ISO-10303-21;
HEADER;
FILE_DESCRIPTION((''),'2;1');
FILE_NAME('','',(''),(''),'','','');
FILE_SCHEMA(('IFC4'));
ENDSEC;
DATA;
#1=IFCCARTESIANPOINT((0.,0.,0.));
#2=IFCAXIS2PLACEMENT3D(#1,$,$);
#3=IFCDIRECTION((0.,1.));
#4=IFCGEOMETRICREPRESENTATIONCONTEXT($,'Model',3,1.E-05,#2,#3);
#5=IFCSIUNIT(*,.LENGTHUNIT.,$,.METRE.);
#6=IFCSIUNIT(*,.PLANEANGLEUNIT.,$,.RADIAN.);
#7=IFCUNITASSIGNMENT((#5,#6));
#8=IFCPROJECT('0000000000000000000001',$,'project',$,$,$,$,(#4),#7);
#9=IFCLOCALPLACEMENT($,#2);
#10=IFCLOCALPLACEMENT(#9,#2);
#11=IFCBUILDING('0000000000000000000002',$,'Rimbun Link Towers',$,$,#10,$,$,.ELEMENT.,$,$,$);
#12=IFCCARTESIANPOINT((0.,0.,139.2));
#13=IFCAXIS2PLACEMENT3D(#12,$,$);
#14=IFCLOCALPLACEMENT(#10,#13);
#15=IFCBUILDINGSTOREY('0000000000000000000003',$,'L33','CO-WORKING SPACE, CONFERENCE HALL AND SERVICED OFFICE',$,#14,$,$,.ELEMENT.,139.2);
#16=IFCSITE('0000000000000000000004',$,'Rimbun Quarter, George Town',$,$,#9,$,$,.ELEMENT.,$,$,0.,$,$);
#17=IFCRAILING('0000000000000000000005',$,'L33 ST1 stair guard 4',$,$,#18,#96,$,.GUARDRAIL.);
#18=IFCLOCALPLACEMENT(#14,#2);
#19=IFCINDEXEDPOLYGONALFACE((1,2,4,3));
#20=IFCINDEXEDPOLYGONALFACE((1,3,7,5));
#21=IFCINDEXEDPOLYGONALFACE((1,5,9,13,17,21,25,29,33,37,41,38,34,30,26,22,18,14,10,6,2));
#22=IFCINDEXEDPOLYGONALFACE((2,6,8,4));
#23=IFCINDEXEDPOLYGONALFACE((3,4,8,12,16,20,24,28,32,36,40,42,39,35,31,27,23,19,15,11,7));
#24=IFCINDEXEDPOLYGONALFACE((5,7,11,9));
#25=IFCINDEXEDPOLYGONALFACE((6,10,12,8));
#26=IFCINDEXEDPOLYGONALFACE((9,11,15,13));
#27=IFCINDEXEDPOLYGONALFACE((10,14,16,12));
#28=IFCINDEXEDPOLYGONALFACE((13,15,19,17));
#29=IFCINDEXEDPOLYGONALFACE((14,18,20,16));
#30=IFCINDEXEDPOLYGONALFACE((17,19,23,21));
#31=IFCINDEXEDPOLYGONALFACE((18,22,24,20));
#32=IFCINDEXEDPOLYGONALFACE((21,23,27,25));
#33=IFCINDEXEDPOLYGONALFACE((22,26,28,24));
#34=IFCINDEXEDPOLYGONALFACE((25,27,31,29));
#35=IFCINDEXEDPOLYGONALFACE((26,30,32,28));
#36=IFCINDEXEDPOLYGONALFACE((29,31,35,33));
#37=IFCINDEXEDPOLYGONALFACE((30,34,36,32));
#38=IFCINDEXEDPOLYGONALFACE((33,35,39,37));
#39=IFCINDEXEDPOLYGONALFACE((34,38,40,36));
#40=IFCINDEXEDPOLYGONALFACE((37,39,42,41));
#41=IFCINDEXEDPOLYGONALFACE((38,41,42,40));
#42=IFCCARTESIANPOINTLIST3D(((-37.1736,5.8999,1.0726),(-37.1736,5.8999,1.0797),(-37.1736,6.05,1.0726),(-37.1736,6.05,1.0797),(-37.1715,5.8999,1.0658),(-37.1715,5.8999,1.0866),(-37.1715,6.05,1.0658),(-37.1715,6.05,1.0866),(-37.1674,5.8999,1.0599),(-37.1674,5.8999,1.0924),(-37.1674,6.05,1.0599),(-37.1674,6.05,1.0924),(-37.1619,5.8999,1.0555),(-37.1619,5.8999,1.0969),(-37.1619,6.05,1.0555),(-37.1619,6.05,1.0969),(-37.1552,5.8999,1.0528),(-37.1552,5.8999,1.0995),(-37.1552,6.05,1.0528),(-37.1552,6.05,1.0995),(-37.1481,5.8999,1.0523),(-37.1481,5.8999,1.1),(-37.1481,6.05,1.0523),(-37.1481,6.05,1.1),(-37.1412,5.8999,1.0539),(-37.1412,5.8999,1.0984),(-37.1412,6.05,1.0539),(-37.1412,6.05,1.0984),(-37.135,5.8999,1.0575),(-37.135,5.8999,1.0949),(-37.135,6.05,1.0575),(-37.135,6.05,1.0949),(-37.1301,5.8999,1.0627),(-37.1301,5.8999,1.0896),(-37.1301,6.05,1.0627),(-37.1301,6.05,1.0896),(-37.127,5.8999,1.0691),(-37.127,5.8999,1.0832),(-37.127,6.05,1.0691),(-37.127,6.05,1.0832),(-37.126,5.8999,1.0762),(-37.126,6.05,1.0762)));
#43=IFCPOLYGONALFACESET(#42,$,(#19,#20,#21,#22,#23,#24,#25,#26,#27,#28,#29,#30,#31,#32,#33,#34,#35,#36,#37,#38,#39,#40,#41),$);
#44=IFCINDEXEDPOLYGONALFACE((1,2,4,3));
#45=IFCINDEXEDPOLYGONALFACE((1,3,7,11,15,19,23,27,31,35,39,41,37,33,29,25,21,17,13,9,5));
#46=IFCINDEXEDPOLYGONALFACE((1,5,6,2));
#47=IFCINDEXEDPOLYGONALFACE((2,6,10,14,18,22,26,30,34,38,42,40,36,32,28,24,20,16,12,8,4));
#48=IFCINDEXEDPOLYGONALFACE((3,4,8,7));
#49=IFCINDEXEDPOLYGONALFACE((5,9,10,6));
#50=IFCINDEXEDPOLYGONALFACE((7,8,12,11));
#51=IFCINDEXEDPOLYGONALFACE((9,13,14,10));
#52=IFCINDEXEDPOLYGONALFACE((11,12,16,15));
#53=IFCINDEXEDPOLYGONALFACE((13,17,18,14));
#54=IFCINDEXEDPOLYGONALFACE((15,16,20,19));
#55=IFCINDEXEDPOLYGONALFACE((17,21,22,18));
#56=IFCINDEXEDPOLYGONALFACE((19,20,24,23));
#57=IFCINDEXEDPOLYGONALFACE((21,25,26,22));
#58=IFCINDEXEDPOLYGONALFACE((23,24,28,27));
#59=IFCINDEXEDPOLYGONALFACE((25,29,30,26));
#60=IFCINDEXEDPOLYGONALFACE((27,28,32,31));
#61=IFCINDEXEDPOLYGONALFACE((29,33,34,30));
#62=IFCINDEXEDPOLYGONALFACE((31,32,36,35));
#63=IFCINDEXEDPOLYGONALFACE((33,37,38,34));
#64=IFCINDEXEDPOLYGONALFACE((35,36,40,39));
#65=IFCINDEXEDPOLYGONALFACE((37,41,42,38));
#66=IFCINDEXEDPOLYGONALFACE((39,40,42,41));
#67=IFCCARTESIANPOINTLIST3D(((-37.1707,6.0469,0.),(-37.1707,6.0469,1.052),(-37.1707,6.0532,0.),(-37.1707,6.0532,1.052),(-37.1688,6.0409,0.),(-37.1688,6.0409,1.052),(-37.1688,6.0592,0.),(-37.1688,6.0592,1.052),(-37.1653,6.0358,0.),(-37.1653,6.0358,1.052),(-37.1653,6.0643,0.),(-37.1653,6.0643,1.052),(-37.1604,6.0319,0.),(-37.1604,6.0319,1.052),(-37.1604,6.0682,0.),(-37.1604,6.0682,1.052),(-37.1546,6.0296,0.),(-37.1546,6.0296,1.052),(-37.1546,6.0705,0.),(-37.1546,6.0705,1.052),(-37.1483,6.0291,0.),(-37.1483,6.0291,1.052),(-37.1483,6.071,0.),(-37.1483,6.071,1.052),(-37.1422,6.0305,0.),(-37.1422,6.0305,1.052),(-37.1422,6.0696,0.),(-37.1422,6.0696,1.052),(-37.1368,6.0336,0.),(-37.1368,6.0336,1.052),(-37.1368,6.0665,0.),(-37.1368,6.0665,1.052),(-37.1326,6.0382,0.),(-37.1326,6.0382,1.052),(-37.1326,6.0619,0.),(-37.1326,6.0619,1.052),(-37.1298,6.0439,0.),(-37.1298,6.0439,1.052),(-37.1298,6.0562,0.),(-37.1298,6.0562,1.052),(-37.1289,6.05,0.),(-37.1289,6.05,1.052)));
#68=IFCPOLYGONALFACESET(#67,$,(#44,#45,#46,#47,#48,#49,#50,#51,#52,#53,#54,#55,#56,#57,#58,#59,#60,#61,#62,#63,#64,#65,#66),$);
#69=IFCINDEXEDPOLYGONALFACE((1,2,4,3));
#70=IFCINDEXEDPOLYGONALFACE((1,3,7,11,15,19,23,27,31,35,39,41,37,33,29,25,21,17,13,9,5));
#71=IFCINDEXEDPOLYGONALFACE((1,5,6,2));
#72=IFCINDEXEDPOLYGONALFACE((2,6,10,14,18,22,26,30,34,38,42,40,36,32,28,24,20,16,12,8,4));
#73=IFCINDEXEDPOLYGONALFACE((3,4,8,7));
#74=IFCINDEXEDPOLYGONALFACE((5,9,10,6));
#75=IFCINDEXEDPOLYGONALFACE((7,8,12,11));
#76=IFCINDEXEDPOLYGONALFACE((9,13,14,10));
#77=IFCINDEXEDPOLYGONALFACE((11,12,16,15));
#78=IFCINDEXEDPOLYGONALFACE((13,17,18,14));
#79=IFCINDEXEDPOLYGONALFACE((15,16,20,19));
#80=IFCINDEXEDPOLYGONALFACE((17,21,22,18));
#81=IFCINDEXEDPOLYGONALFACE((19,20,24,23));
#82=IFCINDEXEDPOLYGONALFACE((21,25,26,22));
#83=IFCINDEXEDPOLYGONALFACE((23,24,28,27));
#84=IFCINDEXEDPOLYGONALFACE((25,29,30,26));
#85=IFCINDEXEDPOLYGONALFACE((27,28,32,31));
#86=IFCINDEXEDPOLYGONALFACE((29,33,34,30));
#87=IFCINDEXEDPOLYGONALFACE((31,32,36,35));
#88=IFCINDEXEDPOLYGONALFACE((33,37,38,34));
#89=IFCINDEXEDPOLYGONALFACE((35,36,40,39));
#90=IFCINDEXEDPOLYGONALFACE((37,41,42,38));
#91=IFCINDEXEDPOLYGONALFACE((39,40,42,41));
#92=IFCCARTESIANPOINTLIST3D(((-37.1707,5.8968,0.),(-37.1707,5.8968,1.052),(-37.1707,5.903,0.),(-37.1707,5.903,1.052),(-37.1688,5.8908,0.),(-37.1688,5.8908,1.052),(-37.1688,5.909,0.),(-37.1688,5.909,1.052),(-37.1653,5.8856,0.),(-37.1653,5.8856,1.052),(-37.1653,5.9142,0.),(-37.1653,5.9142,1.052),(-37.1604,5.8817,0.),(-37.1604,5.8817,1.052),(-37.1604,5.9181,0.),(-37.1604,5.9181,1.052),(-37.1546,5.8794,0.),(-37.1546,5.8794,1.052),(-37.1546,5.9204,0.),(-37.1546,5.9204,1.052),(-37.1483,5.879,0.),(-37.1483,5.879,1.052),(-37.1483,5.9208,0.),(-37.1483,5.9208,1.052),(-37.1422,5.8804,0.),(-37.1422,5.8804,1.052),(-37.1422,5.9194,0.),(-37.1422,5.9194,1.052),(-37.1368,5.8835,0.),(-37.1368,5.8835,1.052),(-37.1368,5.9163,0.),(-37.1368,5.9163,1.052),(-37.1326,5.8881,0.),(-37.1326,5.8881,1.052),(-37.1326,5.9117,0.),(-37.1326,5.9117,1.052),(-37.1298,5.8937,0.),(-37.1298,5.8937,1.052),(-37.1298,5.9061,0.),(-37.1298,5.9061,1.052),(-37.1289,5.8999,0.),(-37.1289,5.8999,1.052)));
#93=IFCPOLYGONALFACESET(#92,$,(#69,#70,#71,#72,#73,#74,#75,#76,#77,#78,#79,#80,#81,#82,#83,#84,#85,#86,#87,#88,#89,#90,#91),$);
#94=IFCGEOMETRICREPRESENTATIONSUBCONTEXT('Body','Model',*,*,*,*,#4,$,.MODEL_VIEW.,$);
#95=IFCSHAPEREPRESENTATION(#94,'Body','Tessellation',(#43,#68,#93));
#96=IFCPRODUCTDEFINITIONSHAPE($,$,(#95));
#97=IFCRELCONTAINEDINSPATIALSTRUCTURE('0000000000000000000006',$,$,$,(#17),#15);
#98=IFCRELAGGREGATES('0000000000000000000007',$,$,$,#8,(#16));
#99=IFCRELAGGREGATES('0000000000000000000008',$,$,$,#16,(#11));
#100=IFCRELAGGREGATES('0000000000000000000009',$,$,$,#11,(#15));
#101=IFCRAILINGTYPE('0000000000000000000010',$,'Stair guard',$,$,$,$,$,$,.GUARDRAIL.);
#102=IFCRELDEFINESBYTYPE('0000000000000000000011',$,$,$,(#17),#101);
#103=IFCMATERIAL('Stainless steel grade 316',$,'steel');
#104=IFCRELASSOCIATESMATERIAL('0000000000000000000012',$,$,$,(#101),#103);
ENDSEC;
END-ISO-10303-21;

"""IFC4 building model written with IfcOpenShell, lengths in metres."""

from ifc_helpers import new_model, si_unit, direction, frame, origin, origin_2d, place, context, subcontext, project, spatial, circle, extrude, material, type_object, element, save


model = new_model("IFC4")

# Units and contexts
model_context = context("Model", 3, precision=1e-05, world=origin(), true_north=direction((0.0, 1.0)))
body_context = subcontext(model_context, "Body", "Model", "MODEL_VIEW")
ifc_project = project(units=[si_unit("LENGTHUNIT", "METRE"), si_unit("PLANEANGLEUNIT", "RADIAN")], contexts=[model_context])

# Site, building, storey
site_placement = place(None, origin())
site = spatial("IfcSite", under=ifc_project, at=site_placement, Name="Rimbun Quarter, George Town", CompositionType="ELEMENT", RefElevation=0.0)
building_placement = place(site_placement, origin())
building = spatial("IfcBuilding", under=site, at=building_placement, Name="Rimbun Link Towers", CompositionType="ELEMENT")
storey_placement = place(building_placement, frame((0.0, 0.0, 139.2)))
storey = spatial("IfcBuildingStorey", under=building, at=storey_placement, Name="L33", Description="CO-WORKING SPACE, CONFERENCE HALL AND SERVICED OFFICE", CompositionType="ELEMENT", Elevation=139.2)

# Railing
ifc_material_1 = material(Name="Stainless steel grade 316", Category="steel")
railing_type_1 = type_object("IfcRailingType", Name="Stair guard", PredefinedType="GUARDRAIL", material=ifc_material_1)
railing_1_placement = place(storey_placement, frame((-37.1499, 6.05, 0.0)))
element("IfcRailing", 1, at=railing_1_placement, inside=storey, type_object=railing_type_1, Name="L33 ST1 stair guard 4", PredefinedType="GUARDRAIL", context=body_context, shape_type="SweptSolid", body=[
    extrude(circle(Radius=0.0239, at=origin_2d()), frame((0.0, 0.0, 1.0762), z_axis=(0.0, -1.0, 0.0), x_axis=(1.0, 0.0, 0.0)), (0.0, 0.0, 1.0), 0.1501),
    extrude(circle(Radius=0.021, at=origin_2d()), origin(), (0.0, 0.0, 1.0), 1.052),
    extrude(circle(Radius=0.021, at=origin_2d()), frame((0.0, -0.1501, 0.0)), (0.0, 0.0, 1.0), 1.052),
])

save(model, "model.ifc")
